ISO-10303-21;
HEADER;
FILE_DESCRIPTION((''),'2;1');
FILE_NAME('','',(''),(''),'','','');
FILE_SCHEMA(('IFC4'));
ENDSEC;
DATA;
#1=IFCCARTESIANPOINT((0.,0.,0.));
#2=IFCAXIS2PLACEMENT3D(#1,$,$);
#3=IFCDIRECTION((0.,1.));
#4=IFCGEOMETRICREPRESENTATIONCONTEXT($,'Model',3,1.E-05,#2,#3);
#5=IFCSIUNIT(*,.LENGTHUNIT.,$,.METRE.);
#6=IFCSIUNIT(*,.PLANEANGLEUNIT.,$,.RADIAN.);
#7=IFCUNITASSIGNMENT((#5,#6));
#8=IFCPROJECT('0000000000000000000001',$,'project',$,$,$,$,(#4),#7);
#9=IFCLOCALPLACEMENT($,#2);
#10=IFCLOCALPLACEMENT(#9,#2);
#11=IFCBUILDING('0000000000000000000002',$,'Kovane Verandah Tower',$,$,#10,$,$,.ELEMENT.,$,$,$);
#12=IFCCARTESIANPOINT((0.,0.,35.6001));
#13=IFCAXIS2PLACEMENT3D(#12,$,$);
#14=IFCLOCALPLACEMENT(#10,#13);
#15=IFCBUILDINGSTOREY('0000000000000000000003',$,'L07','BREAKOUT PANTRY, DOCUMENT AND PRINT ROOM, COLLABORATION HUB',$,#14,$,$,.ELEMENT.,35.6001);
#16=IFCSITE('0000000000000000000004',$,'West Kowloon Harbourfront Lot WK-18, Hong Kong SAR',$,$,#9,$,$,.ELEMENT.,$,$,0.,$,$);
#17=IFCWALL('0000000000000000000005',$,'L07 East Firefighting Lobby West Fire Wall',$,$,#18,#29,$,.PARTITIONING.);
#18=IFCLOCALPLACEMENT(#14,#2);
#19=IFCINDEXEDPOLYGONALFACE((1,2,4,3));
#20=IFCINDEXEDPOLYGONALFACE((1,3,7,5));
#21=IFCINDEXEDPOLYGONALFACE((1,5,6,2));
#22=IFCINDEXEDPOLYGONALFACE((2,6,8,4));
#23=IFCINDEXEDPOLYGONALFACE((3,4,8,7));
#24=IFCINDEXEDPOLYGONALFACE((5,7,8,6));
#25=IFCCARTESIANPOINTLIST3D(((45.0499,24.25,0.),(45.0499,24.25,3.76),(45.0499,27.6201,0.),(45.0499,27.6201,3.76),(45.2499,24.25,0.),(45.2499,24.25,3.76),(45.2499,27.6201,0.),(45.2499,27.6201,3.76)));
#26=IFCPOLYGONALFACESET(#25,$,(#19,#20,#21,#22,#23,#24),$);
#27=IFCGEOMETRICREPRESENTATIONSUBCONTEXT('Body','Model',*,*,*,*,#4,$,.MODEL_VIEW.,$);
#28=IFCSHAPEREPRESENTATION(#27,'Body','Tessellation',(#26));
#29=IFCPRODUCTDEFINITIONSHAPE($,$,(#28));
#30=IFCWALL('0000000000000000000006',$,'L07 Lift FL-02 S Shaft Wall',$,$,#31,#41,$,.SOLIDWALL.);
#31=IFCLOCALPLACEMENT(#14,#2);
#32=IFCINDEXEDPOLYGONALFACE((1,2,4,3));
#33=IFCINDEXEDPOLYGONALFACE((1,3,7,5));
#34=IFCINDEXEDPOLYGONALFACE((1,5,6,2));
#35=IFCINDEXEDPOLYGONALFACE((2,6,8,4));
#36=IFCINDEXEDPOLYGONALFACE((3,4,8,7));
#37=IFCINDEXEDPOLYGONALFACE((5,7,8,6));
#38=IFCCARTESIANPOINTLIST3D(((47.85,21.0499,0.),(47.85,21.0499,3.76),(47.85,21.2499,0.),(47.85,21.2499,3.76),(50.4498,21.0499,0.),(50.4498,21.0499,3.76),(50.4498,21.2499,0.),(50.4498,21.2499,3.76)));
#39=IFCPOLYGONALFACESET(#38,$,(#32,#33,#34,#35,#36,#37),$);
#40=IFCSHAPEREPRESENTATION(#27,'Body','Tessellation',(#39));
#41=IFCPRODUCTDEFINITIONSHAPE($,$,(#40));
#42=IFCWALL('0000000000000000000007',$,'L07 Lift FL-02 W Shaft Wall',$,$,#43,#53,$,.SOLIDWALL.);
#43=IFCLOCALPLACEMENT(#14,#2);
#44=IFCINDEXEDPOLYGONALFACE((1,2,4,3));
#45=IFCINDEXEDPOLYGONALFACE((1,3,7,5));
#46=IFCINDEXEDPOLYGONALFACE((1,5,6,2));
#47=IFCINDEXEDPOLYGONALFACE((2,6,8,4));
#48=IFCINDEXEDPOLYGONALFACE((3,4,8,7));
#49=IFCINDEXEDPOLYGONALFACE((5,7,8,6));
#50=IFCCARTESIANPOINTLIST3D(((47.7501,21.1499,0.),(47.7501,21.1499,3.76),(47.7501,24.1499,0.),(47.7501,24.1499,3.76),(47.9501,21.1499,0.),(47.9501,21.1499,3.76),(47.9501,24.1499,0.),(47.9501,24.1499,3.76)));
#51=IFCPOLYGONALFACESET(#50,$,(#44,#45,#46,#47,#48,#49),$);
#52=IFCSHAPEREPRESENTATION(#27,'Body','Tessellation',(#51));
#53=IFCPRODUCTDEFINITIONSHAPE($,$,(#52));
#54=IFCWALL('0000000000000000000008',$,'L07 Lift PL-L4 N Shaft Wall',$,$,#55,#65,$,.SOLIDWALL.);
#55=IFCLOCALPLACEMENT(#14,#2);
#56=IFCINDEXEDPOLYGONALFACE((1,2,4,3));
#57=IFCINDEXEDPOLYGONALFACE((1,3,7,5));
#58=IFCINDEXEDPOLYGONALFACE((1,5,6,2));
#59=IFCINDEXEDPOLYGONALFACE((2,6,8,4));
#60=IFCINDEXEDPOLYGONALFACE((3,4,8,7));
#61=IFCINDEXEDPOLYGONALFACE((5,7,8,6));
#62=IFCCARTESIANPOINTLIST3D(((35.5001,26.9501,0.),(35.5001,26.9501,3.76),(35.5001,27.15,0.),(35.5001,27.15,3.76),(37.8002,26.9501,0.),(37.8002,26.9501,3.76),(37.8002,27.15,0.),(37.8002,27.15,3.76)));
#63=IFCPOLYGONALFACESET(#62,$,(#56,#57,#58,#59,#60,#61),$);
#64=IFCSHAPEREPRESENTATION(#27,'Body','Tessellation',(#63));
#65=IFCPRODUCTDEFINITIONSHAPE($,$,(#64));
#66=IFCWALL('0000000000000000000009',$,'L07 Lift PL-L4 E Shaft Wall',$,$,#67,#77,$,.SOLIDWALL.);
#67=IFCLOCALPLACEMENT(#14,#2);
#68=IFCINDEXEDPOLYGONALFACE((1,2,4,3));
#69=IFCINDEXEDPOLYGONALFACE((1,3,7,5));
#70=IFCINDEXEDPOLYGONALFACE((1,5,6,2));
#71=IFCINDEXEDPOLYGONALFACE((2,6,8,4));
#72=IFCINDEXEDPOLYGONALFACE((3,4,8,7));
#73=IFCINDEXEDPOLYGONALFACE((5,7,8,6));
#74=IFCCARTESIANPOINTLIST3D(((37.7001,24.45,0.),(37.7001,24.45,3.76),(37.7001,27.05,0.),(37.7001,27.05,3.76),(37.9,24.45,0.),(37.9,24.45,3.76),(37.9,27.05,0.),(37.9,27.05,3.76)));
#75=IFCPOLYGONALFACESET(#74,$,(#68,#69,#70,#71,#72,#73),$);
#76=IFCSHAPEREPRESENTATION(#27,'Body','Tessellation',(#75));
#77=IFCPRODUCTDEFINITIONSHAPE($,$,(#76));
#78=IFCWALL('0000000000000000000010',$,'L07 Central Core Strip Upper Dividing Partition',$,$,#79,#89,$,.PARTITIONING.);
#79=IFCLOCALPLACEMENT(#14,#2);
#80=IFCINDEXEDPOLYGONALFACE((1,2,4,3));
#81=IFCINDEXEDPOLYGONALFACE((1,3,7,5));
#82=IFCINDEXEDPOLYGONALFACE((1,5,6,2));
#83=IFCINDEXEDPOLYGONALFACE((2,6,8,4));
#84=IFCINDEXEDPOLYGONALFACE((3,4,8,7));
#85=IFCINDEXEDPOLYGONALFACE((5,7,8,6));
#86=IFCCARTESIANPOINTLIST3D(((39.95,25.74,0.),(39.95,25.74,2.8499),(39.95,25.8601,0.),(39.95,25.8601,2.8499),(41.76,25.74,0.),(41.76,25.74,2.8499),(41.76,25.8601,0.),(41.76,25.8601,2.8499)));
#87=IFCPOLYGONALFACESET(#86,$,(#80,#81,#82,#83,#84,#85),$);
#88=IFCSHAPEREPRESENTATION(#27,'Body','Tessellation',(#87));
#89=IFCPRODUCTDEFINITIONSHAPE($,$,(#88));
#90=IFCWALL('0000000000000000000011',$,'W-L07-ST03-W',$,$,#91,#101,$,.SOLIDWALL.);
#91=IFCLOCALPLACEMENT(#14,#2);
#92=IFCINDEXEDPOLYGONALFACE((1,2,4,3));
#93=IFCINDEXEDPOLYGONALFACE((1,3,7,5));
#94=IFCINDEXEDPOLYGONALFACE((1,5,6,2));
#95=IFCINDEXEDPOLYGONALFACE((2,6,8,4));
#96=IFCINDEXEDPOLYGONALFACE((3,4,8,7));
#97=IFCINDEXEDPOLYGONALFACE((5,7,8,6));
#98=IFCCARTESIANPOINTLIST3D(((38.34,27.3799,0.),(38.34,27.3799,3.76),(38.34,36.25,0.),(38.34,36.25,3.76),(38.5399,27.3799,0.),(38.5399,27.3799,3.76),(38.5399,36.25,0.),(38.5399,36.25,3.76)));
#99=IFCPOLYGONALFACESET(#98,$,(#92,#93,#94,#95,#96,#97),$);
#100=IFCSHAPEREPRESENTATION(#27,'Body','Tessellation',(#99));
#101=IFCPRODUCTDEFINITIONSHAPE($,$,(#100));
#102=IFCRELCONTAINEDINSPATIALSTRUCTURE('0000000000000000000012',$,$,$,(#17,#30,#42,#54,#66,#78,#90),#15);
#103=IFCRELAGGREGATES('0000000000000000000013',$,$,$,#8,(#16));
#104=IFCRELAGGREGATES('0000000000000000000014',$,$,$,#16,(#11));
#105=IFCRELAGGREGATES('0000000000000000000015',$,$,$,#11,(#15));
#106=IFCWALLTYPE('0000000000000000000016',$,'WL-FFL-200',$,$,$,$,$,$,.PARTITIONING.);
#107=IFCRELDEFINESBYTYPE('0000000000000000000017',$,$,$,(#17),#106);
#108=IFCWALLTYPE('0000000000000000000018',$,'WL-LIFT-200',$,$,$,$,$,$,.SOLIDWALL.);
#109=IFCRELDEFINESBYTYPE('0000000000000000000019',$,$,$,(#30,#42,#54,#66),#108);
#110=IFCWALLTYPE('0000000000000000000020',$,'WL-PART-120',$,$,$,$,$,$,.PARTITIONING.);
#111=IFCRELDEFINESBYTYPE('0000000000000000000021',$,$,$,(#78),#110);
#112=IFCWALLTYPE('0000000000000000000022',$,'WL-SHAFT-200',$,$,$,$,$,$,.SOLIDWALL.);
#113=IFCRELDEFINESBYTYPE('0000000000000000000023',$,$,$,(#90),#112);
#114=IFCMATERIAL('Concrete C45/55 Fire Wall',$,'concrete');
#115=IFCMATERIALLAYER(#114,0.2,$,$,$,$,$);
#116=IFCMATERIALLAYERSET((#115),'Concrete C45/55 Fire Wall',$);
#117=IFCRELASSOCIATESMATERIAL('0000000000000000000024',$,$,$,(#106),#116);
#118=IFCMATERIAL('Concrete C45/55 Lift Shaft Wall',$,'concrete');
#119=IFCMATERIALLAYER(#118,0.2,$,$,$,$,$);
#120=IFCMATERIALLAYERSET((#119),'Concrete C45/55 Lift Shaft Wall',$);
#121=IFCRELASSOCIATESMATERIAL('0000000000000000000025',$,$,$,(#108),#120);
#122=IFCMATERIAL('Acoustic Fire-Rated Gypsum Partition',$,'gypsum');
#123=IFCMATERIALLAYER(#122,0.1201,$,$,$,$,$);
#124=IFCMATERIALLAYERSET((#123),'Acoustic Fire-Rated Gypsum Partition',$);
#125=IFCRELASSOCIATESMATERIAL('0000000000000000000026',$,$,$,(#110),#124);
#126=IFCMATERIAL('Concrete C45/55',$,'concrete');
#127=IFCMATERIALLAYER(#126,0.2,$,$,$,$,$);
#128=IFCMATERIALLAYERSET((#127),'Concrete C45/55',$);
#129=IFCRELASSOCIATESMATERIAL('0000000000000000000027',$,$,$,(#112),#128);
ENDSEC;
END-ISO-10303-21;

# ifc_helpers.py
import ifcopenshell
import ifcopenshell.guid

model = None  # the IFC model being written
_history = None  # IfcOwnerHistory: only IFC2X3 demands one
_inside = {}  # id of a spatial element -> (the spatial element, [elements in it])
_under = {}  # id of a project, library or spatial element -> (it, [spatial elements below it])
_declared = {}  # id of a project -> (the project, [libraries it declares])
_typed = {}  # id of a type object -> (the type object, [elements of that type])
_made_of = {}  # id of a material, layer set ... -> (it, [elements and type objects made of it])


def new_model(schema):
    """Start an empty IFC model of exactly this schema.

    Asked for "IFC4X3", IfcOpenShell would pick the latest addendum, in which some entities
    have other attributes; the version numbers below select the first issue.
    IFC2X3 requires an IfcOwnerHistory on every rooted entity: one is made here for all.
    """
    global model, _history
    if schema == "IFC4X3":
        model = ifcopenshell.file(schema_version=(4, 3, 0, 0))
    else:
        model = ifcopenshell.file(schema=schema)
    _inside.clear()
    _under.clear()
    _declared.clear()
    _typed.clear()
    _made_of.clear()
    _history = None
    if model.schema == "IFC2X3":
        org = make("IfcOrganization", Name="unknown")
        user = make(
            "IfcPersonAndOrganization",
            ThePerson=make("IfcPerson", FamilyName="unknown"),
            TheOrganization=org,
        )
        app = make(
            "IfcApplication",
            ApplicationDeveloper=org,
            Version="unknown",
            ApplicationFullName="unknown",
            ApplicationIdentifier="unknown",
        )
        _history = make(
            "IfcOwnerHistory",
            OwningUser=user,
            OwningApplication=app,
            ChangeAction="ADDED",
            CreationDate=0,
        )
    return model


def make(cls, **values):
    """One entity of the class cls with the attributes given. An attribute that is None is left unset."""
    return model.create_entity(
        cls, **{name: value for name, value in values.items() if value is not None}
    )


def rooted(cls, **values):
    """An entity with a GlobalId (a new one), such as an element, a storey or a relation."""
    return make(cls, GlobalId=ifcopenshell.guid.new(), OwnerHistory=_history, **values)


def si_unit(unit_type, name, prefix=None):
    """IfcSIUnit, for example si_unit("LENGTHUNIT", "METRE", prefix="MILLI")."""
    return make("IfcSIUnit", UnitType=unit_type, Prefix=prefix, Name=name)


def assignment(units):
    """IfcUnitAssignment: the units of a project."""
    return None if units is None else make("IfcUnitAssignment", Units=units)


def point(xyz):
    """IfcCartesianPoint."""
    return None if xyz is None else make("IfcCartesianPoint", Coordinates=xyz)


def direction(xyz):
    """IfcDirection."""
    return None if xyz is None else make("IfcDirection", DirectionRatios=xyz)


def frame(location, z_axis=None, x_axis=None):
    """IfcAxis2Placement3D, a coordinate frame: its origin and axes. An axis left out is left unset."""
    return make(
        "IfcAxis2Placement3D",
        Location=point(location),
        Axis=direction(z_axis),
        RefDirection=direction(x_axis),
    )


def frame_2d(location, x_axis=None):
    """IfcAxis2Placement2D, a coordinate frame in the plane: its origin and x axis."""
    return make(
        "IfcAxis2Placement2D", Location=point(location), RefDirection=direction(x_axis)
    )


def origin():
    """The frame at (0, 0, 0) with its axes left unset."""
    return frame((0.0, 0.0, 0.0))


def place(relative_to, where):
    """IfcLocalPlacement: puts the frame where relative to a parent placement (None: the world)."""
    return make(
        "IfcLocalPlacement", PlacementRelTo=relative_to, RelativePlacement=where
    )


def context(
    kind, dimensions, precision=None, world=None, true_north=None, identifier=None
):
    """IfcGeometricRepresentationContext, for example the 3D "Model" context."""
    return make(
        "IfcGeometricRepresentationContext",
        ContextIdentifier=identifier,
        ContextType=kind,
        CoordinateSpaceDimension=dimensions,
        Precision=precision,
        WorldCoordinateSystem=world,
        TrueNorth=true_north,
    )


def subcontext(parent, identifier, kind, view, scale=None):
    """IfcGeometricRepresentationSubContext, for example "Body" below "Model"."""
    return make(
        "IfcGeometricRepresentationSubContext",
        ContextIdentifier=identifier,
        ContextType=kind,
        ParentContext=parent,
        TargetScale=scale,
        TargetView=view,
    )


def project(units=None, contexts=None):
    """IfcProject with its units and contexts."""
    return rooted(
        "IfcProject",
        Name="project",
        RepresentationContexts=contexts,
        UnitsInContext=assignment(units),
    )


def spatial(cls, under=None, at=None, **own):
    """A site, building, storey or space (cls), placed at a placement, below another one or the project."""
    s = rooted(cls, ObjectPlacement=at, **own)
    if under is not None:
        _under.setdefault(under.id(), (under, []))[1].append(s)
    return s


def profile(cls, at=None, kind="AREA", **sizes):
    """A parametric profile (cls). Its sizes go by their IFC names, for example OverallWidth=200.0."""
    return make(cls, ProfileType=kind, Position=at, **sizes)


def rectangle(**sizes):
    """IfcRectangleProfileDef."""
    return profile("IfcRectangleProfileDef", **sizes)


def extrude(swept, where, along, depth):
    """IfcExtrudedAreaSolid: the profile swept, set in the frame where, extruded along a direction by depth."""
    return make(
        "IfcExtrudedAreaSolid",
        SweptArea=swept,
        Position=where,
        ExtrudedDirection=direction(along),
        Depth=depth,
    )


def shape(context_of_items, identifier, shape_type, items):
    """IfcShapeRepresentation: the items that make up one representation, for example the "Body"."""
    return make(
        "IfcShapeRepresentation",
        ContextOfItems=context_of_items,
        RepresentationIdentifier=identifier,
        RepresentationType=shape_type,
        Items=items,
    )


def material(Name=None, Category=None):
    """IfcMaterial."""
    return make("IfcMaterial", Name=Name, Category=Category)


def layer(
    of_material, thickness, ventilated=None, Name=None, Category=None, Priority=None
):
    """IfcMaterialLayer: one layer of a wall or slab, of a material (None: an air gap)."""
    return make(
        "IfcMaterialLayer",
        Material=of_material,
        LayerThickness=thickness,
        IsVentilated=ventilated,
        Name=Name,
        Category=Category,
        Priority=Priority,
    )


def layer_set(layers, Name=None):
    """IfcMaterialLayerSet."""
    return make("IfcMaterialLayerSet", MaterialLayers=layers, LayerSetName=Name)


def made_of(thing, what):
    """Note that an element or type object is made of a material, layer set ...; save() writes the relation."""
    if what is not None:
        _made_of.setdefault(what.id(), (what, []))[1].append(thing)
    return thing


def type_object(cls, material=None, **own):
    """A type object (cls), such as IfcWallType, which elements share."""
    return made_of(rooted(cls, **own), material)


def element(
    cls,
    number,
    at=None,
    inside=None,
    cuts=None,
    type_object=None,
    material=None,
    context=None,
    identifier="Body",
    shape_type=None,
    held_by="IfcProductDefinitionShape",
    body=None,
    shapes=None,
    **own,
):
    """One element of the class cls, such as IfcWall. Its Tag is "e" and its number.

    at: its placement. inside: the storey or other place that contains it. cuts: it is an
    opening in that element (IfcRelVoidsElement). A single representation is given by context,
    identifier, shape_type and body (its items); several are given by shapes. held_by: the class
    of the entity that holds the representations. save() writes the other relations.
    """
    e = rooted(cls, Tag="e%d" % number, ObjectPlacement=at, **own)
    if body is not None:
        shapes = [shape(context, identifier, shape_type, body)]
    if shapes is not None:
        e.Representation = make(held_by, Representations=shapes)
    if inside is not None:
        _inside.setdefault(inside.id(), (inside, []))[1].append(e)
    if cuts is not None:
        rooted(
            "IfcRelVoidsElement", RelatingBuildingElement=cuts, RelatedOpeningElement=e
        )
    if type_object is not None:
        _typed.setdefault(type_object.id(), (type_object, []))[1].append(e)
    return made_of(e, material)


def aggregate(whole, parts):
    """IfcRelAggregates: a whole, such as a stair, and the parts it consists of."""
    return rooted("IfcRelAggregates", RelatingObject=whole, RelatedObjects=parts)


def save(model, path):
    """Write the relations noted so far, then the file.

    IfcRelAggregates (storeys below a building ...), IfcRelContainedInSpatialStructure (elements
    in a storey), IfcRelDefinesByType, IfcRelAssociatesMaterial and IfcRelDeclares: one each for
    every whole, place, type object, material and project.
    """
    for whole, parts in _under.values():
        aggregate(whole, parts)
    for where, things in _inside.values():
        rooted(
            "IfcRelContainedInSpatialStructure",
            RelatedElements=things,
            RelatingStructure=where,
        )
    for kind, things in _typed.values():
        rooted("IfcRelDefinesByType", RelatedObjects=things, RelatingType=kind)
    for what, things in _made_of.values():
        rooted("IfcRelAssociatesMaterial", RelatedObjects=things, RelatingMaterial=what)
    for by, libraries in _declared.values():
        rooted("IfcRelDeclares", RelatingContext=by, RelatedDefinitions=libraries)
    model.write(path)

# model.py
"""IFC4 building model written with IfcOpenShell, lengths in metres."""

from ifc_helpers import new_model, si_unit, direction, frame, frame_2d, origin, place, context, subcontext, project, spatial, rectangle, extrude, material, layer, layer_set, type_object, element, save


model = new_model("IFC4")

# Units and contexts
model_context = context("Model", 3, precision=1e-05, world=origin(), true_north=direction((0.0, 1.0)))
body_context = subcontext(model_context, "Body", "Model", "MODEL_VIEW")
ifc_project = project(units=[si_unit("LENGTHUNIT", "METRE"), si_unit("PLANEANGLEUNIT", "RADIAN")], contexts=[model_context])

# Site, building, storey
site_placement = place(None, origin())
site = spatial("IfcSite", under=ifc_project, at=site_placement, Name="West Kowloon Harbourfront Lot WK-18, Hong Kong SAR", CompositionType="ELEMENT", RefElevation=0.0)
building_placement = place(site_placement, origin())
building = spatial("IfcBuilding", under=site, at=building_placement, Name="Kovane Verandah Tower", CompositionType="ELEMENT")
storey_placement = place(building_placement, frame((0.0, 0.0, 35.6001)))
storey = spatial("IfcBuildingStorey", under=building, at=storey_placement, Name="L07", Description="BREAKOUT PANTRY, DOCUMENT AND PRINT ROOM, COLLABORATION HUB", CompositionType="ELEMENT", Elevation=35.6001)

# Wall
ifc_material_1 = material(Name="Concrete C45/55 Fire Wall", Category="concrete")
ifc_layer_1 = layer(ifc_material_1, 0.2)
ifc_layer_set_1 = layer_set([ifc_layer_1], Name="Concrete C45/55 Fire Wall")
wall_type_1 = type_object("IfcWallType", Name="WL-FFL-200", PredefinedType="PARTITIONING", material=ifc_layer_set_1)
wall_1_placement = place(storey_placement, frame((45.1499, 24.25, 0.0), z_axis=(0.0, 0.0, 1.0), x_axis=(0.0, 1.0, 0.0)))
element("IfcWall", 1, at=wall_1_placement, inside=storey, type_object=wall_type_1, Name="L07 East Firefighting Lobby West Fire Wall", PredefinedType="PARTITIONING", context=body_context, shape_type="SweptSolid", body=[
    extrude(rectangle(XDim=3.3701, YDim=0.2, at=frame_2d((1.6851, 0.0))), origin(), (0.0, 0.0, 1.0), 3.76),
])

# Wall
ifc_material_2 = material(Name="Concrete C45/55 Lift Shaft Wall", Category="concrete")
ifc_layer_2 = layer(ifc_material_2, 0.2)
ifc_layer_set_2 = layer_set([ifc_layer_2], Name="Concrete C45/55 Lift Shaft Wall")
wall_type_2 = type_object("IfcWallType", Name="WL-LIFT-200", PredefinedType="SOLIDWALL", material=ifc_layer_set_2)
wall_2_placement = place(storey_placement, frame((47.8501, 21.1499, 0.0), z_axis=(0.0, 0.0, 1.0), x_axis=(1.0, 0.0, 0.0)))
element("IfcWall", 2, at=wall_2_placement, inside=storey, type_object=wall_type_2, Name="L07 Lift FL-02 S Shaft Wall", PredefinedType="SOLIDWALL", context=body_context, shape_type="SweptSolid", body=[
    extrude(rectangle(XDim=2.5999, YDim=0.2, at=frame_2d((1.2998, 0.0))), origin(), (0.0, 0.0, 1.0), 3.76),
])

# Walls
wall_3_placement = place(storey_placement, frame((47.8501, 24.1499, 0.0), z_axis=(0.0, 0.0, 1.0), x_axis=(0.0, -1.0, 0.0)))
element("IfcWall", 3, at=wall_3_placement, inside=storey, type_object=wall_type_2, Name="L07 Lift FL-02 W Shaft Wall", PredefinedType="SOLIDWALL", context=body_context, shape_type="SweptSolid", body=[
    extrude(rectangle(XDim=3.0, YDim=0.2, at=frame_2d((1.5, 0.0))), origin(), (0.0, 0.0, 1.0), 3.76),
])
wall_4_placement = place(storey_placement, frame((37.8, 27.05, 0.0), z_axis=(0.0, 0.0, 1.0), x_axis=(-1.0, 0.0, 0.0)))
element("IfcWall", 4, at=wall_4_placement, inside=storey, type_object=wall_type_2, Name="L07 Lift PL-L4 N Shaft Wall", PredefinedType="SOLIDWALL", context=body_context, shape_type="SweptSolid", body=[
    extrude(rectangle(XDim=2.3, YDim=0.2, at=frame_2d((1.1499, 0.0))), origin(), (0.0, 0.0, 1.0), 3.76),
])
wall_5_placement = place(storey_placement, frame((37.8, 24.45, 0.0), z_axis=(0.0, 0.0, 1.0), x_axis=(0.0, 1.0, 0.0)))
element("IfcWall", 5, at=wall_5_placement, inside=storey, type_object=wall_type_2, Name="L07 Lift PL-L4 E Shaft Wall", PredefinedType="SOLIDWALL", context=body_context, shape_type="SweptSolid", body=[
    extrude(rectangle(XDim=2.6001, YDim=0.2, at=frame_2d((1.3, 0.0))), origin(), (0.0, 0.0, 1.0), 3.76),
])
ifc_material_3 = material(Name="Acoustic Fire-Rated Gypsum Partition", Category="gypsum")
ifc_layer_3 = layer(ifc_material_3, 0.1201)
ifc_layer_set_3 = layer_set([ifc_layer_3], Name="Acoustic Fire-Rated Gypsum Partition")
wall_type_3 = type_object("IfcWallType", Name="WL-PART-120", PredefinedType="PARTITIONING", material=ifc_layer_set_3)
wall_6_placement = place(storey_placement, frame((39.95, 25.8, 0.0), z_axis=(0.0, 0.0, 1.0), x_axis=(1.0, 0.0, 0.0)))
element("IfcWall", 6, at=wall_6_placement, inside=storey, type_object=wall_type_3, Name="L07 Central Core Strip Upper Dividing Partition", PredefinedType="PARTITIONING", context=body_context, shape_type="SweptSolid", body=[
    extrude(rectangle(XDim=1.8101, YDim=0.1201, at=frame_2d((0.905, 0.0))), origin(), (0.0, 0.0, 1.0), 2.8499),
])
ifc_material_4 = material(Name="Concrete C45/55", Category="concrete")
ifc_layer_4 = layer(ifc_material_4, 0.2)
ifc_layer_set_4 = layer_set([ifc_layer_4], Name="Concrete C45/55")
wall_type_4 = type_object("IfcWallType", Name="WL-SHAFT-200", PredefinedType="SOLIDWALL", material=ifc_layer_set_4)
wall_7_placement = place(storey_placement, frame((38.4399, 27.3799, 0.0), z_axis=(0.0, 0.0, 1.0), x_axis=(0.0, 1.0, 0.0)))
element("IfcWall", 7, at=wall_7_placement, inside=storey, type_object=wall_type_4, Name="W-L07-ST03-W", PredefinedType="SOLIDWALL", context=body_context, shape_type="SweptSolid", body=[
    extrude(rectangle(XDim=8.8701, YDim=0.2, at=frame_2d((4.4351, 0.0))), origin(), (0.0, 0.0, 1.0), 3.76),
])

save(model, "model.ifc")
